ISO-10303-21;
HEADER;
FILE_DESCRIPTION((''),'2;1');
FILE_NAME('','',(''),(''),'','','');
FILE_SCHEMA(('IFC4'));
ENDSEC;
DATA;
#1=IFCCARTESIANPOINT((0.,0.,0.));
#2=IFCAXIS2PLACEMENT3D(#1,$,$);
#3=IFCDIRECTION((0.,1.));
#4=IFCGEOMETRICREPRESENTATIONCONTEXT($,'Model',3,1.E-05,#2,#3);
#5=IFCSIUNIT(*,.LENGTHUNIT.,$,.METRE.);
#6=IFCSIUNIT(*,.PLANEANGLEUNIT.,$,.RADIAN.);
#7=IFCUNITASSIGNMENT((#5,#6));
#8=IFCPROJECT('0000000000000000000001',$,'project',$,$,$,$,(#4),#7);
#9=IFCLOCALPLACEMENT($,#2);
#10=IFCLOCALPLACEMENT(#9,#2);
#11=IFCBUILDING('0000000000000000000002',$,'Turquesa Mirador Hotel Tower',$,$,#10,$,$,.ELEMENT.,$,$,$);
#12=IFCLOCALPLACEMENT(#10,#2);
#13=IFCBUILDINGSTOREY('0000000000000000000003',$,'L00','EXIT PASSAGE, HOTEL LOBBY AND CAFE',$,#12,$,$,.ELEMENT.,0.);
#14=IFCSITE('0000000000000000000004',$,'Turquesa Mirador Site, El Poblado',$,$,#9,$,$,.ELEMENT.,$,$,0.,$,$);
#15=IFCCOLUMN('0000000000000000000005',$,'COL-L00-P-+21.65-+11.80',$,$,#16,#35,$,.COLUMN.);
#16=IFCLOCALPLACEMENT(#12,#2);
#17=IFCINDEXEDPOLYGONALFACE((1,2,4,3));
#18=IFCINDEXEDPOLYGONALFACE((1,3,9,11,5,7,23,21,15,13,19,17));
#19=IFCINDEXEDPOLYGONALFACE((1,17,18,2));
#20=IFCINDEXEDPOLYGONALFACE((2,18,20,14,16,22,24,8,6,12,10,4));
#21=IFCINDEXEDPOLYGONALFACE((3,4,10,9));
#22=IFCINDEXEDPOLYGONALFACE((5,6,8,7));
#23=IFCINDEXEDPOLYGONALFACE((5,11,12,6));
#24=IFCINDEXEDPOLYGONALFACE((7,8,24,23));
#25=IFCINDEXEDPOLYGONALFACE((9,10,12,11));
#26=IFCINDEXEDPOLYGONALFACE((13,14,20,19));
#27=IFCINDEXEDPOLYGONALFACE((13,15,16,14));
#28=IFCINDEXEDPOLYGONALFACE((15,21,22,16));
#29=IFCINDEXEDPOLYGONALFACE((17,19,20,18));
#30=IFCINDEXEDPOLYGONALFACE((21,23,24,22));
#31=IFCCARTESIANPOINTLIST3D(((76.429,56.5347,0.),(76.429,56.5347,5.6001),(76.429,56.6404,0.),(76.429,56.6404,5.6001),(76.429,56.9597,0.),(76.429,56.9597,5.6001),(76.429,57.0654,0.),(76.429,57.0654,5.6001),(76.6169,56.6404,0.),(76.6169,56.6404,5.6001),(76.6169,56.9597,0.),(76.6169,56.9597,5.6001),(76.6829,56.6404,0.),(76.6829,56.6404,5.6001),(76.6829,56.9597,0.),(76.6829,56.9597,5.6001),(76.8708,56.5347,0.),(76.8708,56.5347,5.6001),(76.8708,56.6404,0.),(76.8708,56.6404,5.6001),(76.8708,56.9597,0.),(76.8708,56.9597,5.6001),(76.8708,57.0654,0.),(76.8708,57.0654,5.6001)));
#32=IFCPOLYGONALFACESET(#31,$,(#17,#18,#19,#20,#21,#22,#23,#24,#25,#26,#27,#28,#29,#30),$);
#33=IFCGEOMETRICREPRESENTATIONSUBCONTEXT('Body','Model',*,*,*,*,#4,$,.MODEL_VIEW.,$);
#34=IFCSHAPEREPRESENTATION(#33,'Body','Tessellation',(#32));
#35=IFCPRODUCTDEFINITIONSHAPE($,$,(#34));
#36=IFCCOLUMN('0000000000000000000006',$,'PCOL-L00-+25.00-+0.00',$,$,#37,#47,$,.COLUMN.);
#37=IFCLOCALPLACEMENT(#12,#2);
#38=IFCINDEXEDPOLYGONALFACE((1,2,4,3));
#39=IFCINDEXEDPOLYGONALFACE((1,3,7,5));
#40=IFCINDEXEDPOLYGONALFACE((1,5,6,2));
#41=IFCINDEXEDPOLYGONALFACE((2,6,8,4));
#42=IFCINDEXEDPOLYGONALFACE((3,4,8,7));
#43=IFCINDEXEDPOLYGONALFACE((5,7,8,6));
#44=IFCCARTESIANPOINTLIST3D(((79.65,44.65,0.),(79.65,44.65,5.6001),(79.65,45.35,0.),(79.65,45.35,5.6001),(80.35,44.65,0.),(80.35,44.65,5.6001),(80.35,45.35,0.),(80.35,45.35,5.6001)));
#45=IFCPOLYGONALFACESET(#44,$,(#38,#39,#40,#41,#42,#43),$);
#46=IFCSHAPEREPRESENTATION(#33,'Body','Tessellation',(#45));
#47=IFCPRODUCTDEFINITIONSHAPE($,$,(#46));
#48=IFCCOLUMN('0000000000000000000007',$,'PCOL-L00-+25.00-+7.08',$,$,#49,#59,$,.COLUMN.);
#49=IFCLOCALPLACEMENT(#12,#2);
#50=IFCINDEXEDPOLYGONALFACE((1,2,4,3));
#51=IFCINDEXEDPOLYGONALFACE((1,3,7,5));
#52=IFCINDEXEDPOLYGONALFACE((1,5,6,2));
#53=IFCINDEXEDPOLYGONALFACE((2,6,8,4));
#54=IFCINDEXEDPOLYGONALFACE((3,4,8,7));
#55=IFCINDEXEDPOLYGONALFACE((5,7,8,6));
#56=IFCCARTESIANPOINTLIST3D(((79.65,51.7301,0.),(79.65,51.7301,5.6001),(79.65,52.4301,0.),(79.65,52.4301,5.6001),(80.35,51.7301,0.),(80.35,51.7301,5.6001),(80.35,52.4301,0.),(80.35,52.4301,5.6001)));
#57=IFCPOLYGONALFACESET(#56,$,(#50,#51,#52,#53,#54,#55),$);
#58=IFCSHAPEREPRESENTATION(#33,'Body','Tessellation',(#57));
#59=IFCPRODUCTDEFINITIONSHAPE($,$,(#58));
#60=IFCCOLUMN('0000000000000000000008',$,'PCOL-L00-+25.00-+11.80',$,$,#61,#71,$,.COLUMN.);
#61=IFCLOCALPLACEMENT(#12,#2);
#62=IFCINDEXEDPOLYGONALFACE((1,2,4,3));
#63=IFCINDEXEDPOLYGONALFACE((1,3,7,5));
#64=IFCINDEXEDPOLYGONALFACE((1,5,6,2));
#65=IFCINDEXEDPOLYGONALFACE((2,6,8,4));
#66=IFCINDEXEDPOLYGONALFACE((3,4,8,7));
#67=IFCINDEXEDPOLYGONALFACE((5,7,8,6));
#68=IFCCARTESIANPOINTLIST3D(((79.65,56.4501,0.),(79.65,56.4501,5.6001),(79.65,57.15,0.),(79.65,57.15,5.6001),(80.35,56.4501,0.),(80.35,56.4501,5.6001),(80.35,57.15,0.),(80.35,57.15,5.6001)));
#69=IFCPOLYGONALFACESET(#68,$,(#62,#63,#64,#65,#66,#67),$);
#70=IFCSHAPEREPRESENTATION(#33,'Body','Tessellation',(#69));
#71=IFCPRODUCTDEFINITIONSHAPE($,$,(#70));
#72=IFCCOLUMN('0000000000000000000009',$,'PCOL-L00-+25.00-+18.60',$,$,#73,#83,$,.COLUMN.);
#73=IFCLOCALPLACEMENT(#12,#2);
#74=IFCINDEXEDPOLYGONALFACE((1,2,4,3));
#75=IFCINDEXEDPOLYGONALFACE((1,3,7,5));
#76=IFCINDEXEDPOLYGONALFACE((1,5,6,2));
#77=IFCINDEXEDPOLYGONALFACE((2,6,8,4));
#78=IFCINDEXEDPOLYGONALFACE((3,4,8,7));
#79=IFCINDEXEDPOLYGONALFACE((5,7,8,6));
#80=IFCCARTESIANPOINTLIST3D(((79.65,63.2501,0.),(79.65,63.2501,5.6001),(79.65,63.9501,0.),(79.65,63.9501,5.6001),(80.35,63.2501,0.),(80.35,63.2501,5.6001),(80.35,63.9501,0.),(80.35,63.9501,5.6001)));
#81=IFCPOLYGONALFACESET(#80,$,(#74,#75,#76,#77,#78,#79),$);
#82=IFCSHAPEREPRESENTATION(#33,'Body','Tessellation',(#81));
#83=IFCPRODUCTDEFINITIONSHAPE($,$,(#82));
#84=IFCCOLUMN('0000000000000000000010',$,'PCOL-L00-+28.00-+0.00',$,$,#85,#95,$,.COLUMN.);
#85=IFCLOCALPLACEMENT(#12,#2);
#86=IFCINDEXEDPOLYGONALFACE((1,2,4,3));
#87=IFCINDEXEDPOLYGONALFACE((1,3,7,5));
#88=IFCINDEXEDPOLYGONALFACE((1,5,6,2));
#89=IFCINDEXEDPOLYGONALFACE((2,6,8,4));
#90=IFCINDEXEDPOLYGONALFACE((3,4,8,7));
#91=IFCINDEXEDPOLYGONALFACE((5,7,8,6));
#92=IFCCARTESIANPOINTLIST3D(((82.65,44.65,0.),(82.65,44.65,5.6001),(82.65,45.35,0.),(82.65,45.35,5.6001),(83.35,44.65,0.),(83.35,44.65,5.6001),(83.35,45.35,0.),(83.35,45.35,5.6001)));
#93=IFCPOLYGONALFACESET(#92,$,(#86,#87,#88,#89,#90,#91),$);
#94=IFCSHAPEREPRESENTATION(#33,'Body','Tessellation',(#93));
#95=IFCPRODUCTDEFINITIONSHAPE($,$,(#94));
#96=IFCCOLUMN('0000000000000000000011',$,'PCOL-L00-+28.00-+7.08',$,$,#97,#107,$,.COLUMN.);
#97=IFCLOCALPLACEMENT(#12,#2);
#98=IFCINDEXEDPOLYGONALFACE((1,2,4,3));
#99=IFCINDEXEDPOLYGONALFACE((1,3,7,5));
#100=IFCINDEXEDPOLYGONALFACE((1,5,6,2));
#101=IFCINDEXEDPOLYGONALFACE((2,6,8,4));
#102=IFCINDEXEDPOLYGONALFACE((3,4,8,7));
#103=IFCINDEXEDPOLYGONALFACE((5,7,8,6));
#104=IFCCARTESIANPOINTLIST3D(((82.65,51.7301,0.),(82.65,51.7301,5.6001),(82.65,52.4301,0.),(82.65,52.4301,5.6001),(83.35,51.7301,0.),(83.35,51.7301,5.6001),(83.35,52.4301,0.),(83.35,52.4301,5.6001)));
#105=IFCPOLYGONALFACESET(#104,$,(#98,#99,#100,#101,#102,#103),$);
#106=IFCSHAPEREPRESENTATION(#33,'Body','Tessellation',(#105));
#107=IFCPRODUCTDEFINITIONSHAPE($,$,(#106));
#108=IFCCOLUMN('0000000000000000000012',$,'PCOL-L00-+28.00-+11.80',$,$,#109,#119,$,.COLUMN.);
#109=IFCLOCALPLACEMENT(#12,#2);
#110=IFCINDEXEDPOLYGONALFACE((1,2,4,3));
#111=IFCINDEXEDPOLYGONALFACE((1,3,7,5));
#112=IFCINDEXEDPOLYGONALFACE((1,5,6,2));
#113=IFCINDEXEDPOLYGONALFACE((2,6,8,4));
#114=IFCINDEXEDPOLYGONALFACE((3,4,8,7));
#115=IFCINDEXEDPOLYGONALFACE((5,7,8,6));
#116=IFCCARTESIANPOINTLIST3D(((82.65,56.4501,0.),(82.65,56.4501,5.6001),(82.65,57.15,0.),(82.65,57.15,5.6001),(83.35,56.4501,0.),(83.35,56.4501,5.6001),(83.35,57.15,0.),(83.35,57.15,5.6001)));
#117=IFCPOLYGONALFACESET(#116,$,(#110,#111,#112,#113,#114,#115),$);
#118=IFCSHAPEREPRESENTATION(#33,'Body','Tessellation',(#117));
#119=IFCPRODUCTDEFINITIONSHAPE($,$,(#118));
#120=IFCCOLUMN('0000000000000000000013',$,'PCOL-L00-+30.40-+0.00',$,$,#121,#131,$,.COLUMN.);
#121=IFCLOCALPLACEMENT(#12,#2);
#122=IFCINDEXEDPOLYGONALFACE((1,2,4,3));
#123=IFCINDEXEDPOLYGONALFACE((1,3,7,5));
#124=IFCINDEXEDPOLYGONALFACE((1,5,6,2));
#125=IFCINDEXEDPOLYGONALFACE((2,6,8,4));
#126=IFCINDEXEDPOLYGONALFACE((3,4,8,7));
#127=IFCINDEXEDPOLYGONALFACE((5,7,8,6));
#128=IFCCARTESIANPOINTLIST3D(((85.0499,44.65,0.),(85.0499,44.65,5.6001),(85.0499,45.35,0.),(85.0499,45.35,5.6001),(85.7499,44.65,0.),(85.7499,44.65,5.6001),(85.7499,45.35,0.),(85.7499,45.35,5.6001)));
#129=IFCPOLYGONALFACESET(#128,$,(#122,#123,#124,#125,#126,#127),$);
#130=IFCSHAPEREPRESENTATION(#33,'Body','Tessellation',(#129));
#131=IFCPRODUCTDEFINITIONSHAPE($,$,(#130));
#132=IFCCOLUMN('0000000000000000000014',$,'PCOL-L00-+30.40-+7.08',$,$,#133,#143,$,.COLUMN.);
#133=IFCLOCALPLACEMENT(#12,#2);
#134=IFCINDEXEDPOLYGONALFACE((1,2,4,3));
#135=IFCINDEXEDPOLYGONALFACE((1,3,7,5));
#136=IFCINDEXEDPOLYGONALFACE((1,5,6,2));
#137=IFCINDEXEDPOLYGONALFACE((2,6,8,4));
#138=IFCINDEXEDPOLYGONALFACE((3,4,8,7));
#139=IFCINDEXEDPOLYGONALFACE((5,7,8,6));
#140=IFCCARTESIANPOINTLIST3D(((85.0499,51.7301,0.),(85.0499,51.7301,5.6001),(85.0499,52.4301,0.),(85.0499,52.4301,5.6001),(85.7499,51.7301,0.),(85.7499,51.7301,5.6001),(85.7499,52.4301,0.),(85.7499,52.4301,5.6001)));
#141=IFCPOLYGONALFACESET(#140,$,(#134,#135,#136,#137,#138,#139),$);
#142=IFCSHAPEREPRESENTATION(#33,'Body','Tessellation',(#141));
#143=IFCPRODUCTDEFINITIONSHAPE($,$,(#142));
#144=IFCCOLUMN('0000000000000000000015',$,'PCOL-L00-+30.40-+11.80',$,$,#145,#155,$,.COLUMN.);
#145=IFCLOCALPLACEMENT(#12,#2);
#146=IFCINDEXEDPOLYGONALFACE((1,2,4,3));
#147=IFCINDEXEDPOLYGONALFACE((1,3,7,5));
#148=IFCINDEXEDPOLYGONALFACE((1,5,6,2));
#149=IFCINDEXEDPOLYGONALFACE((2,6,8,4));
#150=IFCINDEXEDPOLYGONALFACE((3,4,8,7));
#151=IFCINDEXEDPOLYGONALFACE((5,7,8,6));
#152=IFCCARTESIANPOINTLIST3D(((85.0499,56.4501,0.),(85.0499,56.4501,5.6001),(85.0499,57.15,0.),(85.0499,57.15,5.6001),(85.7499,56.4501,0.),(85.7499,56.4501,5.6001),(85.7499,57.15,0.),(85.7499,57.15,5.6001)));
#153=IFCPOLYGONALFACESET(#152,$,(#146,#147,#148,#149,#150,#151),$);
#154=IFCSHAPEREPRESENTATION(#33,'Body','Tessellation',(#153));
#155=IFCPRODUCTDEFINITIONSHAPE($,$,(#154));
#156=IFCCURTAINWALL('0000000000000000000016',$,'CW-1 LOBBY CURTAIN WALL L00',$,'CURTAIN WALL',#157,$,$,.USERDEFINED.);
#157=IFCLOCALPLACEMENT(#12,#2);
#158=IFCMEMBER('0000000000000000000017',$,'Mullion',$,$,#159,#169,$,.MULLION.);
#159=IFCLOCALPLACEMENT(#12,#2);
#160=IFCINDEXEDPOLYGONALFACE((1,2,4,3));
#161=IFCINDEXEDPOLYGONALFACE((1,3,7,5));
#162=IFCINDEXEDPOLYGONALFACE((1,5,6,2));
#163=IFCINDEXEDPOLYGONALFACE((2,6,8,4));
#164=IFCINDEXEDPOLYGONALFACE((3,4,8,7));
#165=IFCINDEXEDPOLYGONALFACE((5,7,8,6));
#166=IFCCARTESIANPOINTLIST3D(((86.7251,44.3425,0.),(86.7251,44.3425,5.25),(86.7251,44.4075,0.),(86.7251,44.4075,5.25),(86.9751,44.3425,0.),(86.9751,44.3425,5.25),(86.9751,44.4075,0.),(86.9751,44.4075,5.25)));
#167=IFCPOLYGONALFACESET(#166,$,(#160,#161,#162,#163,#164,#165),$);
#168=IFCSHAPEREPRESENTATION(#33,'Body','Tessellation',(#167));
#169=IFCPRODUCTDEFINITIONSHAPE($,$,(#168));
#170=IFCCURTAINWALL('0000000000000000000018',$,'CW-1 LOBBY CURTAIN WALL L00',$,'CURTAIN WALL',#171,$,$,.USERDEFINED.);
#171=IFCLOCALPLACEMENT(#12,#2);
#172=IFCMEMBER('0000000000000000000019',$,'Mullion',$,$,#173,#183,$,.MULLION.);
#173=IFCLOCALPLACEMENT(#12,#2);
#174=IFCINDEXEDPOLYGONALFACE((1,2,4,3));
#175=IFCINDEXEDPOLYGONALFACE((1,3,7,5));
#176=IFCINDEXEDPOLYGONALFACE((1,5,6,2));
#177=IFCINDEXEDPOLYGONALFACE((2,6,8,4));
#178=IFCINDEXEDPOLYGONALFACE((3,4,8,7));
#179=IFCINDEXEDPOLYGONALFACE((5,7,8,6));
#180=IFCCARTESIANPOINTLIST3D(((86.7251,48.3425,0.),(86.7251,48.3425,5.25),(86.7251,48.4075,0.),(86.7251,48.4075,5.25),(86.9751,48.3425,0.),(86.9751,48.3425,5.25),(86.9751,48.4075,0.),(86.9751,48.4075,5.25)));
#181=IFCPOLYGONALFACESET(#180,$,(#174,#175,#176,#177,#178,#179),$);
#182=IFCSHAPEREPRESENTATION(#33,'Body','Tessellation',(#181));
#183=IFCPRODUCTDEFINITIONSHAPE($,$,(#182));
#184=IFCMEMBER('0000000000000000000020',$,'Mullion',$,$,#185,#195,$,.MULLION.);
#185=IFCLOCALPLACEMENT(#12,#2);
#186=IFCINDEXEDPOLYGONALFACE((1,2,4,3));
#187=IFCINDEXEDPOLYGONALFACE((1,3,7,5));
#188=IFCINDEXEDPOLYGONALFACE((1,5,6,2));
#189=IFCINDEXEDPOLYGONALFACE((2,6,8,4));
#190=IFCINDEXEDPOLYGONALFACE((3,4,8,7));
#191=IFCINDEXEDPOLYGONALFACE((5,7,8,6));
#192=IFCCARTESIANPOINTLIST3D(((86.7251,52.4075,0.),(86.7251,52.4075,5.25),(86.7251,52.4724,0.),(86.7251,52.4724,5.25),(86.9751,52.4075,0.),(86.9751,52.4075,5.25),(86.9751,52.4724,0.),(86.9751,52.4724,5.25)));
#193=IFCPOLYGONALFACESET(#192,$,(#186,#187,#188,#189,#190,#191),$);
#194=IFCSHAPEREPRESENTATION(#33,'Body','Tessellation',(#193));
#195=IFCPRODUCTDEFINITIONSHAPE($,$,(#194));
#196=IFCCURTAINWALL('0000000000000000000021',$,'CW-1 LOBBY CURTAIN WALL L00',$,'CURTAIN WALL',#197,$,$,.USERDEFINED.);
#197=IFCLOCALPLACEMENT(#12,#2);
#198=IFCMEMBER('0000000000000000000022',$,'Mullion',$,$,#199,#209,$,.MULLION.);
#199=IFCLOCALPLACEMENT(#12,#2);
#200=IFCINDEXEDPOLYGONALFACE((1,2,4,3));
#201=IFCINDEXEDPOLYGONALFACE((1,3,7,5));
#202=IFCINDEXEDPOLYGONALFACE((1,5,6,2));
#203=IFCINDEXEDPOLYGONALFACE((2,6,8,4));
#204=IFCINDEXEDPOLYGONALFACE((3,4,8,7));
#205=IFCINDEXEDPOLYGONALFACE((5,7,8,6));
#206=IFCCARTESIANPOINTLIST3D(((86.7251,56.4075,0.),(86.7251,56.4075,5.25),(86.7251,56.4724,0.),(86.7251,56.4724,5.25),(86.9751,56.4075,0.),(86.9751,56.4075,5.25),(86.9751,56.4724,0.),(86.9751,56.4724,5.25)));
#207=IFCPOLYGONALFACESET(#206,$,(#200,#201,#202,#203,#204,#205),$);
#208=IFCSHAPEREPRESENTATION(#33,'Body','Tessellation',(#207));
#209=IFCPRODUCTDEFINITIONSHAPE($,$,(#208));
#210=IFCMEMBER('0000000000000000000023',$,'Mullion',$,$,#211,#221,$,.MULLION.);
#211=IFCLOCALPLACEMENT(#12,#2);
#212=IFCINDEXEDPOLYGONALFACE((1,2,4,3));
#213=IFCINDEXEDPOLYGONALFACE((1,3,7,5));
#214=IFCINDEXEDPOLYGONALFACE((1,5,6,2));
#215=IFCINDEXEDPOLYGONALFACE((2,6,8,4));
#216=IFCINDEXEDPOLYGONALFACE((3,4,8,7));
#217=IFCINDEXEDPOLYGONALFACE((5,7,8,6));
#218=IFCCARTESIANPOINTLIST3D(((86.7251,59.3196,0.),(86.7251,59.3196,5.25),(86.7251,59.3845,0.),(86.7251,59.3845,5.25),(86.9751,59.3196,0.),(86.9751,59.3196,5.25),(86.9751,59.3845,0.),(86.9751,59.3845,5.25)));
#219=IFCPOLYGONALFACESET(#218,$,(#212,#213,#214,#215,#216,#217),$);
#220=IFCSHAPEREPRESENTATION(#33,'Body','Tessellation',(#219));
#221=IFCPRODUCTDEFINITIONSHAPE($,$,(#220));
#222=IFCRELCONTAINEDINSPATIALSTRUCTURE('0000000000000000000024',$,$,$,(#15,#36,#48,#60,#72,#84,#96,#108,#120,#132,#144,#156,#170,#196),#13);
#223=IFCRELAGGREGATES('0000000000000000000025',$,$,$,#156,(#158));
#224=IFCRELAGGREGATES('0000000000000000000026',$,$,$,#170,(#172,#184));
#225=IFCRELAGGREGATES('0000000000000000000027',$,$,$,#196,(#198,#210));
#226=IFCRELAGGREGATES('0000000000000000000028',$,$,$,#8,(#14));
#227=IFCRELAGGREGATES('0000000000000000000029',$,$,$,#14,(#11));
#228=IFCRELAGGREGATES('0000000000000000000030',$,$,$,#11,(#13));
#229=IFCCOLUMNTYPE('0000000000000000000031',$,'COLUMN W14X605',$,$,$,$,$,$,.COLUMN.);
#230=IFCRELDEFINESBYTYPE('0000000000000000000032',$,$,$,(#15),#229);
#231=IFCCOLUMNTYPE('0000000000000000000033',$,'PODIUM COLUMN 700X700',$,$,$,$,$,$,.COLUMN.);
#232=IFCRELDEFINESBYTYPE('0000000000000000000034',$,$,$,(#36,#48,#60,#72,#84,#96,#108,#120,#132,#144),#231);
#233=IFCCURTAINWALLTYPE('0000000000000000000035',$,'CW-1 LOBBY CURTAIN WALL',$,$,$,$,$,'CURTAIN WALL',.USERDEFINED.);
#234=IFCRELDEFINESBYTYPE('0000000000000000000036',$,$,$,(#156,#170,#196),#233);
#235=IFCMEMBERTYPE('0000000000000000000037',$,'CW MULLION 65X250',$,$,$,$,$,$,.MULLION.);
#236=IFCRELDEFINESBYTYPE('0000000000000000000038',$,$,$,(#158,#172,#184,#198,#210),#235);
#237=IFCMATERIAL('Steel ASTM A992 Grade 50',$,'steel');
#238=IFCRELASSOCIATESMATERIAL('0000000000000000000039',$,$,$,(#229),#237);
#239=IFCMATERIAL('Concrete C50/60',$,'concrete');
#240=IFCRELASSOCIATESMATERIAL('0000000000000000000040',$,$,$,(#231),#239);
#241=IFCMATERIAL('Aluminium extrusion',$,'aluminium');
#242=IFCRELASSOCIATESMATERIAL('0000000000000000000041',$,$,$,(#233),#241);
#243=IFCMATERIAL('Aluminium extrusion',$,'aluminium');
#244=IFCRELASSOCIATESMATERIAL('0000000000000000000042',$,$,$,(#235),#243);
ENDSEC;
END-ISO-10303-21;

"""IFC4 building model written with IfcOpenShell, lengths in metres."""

from ifc_helpers import new_model, si_unit, direction, frame, origin, origin_2d, place, context, subcontext, project, spatial, rectangle, i_section, extrude, material, material_profile, profile_set, type_object, element, aggregate, save


model = new_model("IFC4")

# Units and contexts
model_context = context("Model", 3, precision=1e-05, world=origin(), true_north=direction((0.0, 1.0)))
body_context = subcontext(model_context, "Body", "Model", "MODEL_VIEW")
ifc_project = project(units=[si_unit("LENGTHUNIT", "METRE"), si_unit("PLANEANGLEUNIT", "RADIAN")], contexts=[model_context])

# Site, building, storey
site_placement = place(None, origin())
site = spatial("IfcSite", under=ifc_project, at=site_placement, Name="Turquesa Mirador Site, El Poblado", CompositionType="ELEMENT", RefElevation=0.0)
building_placement = place(site_placement, origin())
building = spatial("IfcBuilding", under=site, at=building_placement, Name="Turquesa Mirador Hotel Tower", CompositionType="ELEMENT")
storey_placement = place(building_placement, origin())
storey = spatial("IfcBuildingStorey", under=building, at=storey_placement, Name="L00", Description="EXIT PASSAGE, HOTEL LOBBY AND CAFE", CompositionType="ELEMENT", Elevation=0.0)

# Columns
ifc_material_1 = material(Name="Steel ASTM A992 Grade 50", Category="steel")
ifc_material_profile_1 = material_profile(ifc_material_1, i_section(OverallWidth=0.4419, OverallDepth=0.5308, WebThickness=0.0659, FlangeThickness=0.1057, at=origin_2d()), Name="W14X605")
ifc_profile_set_1 = profile_set([ifc_material_profile_1], Name="Steel ASTM A992 Grade 50")
column_type_1 = type_object("IfcColumnType", Name="COLUMN W14X605", PredefinedType="COLUMN", material=ifc_profile_set_1)
column_placement = place(storey_placement, frame((76.6499, 56.8, 0.0), z_axis=(0.0, 0.0, 1.0), x_axis=(1.0, 0.0, 0.0)))
element("IfcColumn", 1, at=column_placement, inside=storey, type_object=column_type_1, Name="COL-L00-P-+21.65-+11.80", PredefinedType="COLUMN", context=body_context, shape_type="SweptSolid", body=[
    extrude(i_section(OverallWidth=0.4419, OverallDepth=0.5308, WebThickness=0.0659, FlangeThickness=0.1057, at=origin_2d()), origin(), (0.0, 0.0, 1.0), 5.6001),
])
ifc_material_2 = material(Name="Concrete C50/60", Category="concrete")
ifc_material_profile_2 = material_profile(ifc_material_2, rectangle(XDim=0.7, YDim=0.7, at=origin_2d()), Name="RC 700X700")
ifc_profile_set_2 = profile_set([ifc_material_profile_2], Name="Concrete C50/60")
column_type_2 = type_object("IfcColumnType", Name="PODIUM COLUMN 700X700", PredefinedType="COLUMN", material=ifc_profile_set_2)
for number, where, z_axis, x_axis, name in (
    (2, (80.0, 45.0, 0.0), (0.0, 0.0, 1.0), (1.0, 0.0, 0.0), "PCOL-L00-+25.00-+0.00"),
    (3, (80.0, 52.0801, 0.0), (0.0, 0.0, 1.0), (1.0, 0.0, 0.0), "PCOL-L00-+25.00-+7.08"),
    (4, (80.0, 56.8, 0.0), (0.0, 0.0, 1.0), (1.0, 0.0, 0.0), "PCOL-L00-+25.00-+11.80"),
    (5, (80.0, 63.6001, 0.0), (0.0, 0.0, 1.0), (1.0, 0.0, 0.0), "PCOL-L00-+25.00-+18.60"),
    (6, (83.0, 45.0, 0.0), (0.0, 0.0, 1.0), (1.0, 0.0, 0.0), "PCOL-L00-+28.00-+0.00"),
    (7, (83.0, 52.0801, 0.0), (0.0, 0.0, 1.0), (1.0, 0.0, 0.0), "PCOL-L00-+28.00-+7.08"),
    (8, (83.0, 56.8, 0.0), (0.0, 0.0, 1.0), (1.0, 0.0, 0.0), "PCOL-L00-+28.00-+11.80"),
    (9, (85.3999, 45.0, 0.0), (0.0, 0.0, 1.0), (1.0, 0.0, 0.0), "PCOL-L00-+30.40-+0.00"),
    (10, (85.3999, 52.0801, 0.0), (0.0, 0.0, 1.0), (1.0, 0.0, 0.0), "PCOL-L00-+30.40-+7.08"),
    (11, (85.3999, 56.8, 0.0), (0.0, 0.0, 1.0), (1.0, 0.0, 0.0), "PCOL-L00-+30.40-+11.80"),
):
    element("IfcColumn", number, at=place(storey_placement, frame(where, z_axis=z_axis, x_axis=x_axis)), inside=storey, type_object=column_type_2, Name=name, PredefinedType="COLUMN", context=body_context, shape_type="SweptSolid", body=[
        extrude(rectangle(XDim=0.7, YDim=0.7, at=origin_2d()), origin(), (0.0, 0.0, 1.0), 5.6001),
    ])

# Curtain wall, member
ifc_material_3 = material(Name="Aluminium extrusion", Category="aluminium")
curtain_wall_type = type_object("IfcCurtainWallType", Name="CW-1 LOBBY CURTAIN WALL", ElementType="CURTAIN WALL", PredefinedType="USERDEFINED", material=ifc_material_3)
curtain_wall_1_placement = place(storey_placement, origin())
curtain_wall_1 = element("IfcCurtainWall", 12, at=curtain_wall_1_placement, inside=storey, type_object=curtain_wall_type, Name="CW-1 LOBBY CURTAIN WALL L00", ObjectType="CURTAIN WALL", PredefinedType="USERDEFINED")
ifc_material_4 = material(Name="Aluminium extrusion", Category="aluminium")
ifc_material_profile_3 = material_profile(ifc_material_4, rectangle(XDim=0.0649, YDim=0.25, at=origin_2d()), Name="MULLION 65X250")
ifc_profile_set_3 = profile_set([ifc_material_profile_3], Name="Aluminium extrusion")
member_type_1 = type_object("IfcMemberType", Name="CW MULLION 65X250", PredefinedType="MULLION", material=ifc_profile_set_3)
member_1_placement = place(storey_placement, frame((86.8501, 44.375, 0.0), z_axis=(0.0, 0.0, 1.0), x_axis=(0.0, 1.0, 0.0)))
member_1 = element("IfcMember", 13, at=member_1_placement, type_object=member_type_1, Name="Mullion", PredefinedType="MULLION", context=body_context, shape_type="SweptSolid", body=[
    extrude(rectangle(XDim=0.0649, YDim=0.25, at=origin_2d()), origin(), (0.0, 0.0, 1.0), 5.25),
])
aggregate(curtain_wall_1, [member_1])

# Curtain walls, members
curtain_wall_2_placement = place(storey_placement, origin())
curtain_wall_2 = element("IfcCurtainWall", 14, at=curtain_wall_2_placement, inside=storey, type_object=curtain_wall_type, Name="CW-1 LOBBY CURTAIN WALL L00", ObjectType="CURTAIN WALL", PredefinedType="USERDEFINED")
member_2_placement = place(storey_placement, frame((86.8501, 48.375, 0.0), z_axis=(0.0, 0.0, 1.0), x_axis=(0.0, 1.0, 0.0)))
member_2 = element("IfcMember", 15, at=member_2_placement, type_object=member_type_1, Name="Mullion", PredefinedType="MULLION", context=body_context, shape_type="SweptSolid", body=[
    extrude(rectangle(XDim=0.0649, YDim=0.25, at=origin_2d()), origin(), (0.0, 0.0, 1.0), 5.25),
])
member_3_placement = place(storey_placement, frame((86.8501, 52.4399, 0.0), z_axis=(0.0, 0.0, 1.0), x_axis=(0.0, 1.0, 0.0)))
member_3 = element("IfcMember", 16, at=member_3_placement, type_object=member_type_1, Name="Mullion", PredefinedType="MULLION", context=body_context, shape_type="SweptSolid", body=[
    extrude(rectangle(XDim=0.0649, YDim=0.25, at=origin_2d()), origin(), (0.0, 0.0, 1.0), 5.25),
])
curtain_wall_3_placement = place(storey_placement, origin())
curtain_wall_3 = element("IfcCurtainWall", 17, at=curtain_wall_3_placement, inside=storey, type_object=curtain_wall_type, Name="CW-1 LOBBY CURTAIN WALL L00", ObjectType="CURTAIN WALL", PredefinedType="USERDEFINED")
member_4_placement = place(storey_placement, frame((86.8501, 56.4399, 0.0), z_axis=(0.0, 0.0, 1.0), x_axis=(0.0, 1.0, 0.0)))
member_4 = element("IfcMember", 18, at=member_4_placement, type_object=member_type_1, Name="Mullion", PredefinedType="MULLION", context=body_context, shape_type="SweptSolid", body=[
    extrude(rectangle(XDim=0.0649, YDim=0.25, at=origin_2d()), origin(), (0.0, 0.0, 1.0), 5.25),
])
member_5_placement = place(storey_placement, frame((86.8501, 59.3521, 0.0), z_axis=(0.0, 0.0, 1.0), x_axis=(0.0, 1.0, 0.0)))
member_5 = element("IfcMember", 19, at=member_5_placement, type_object=member_type_1, Name="Mullion", PredefinedType="MULLION", context=body_context, shape_type="SweptSolid", body=[
    extrude(rectangle(XDim=0.0649, YDim=0.25, at=origin_2d()), origin(), (0.0, 0.0, 1.0), 5.25),
])

aggregate(curtain_wall_2, [member_2, member_3])
aggregate(curtain_wall_3, [member_4, member_5])

save(model, "model.ifc")
